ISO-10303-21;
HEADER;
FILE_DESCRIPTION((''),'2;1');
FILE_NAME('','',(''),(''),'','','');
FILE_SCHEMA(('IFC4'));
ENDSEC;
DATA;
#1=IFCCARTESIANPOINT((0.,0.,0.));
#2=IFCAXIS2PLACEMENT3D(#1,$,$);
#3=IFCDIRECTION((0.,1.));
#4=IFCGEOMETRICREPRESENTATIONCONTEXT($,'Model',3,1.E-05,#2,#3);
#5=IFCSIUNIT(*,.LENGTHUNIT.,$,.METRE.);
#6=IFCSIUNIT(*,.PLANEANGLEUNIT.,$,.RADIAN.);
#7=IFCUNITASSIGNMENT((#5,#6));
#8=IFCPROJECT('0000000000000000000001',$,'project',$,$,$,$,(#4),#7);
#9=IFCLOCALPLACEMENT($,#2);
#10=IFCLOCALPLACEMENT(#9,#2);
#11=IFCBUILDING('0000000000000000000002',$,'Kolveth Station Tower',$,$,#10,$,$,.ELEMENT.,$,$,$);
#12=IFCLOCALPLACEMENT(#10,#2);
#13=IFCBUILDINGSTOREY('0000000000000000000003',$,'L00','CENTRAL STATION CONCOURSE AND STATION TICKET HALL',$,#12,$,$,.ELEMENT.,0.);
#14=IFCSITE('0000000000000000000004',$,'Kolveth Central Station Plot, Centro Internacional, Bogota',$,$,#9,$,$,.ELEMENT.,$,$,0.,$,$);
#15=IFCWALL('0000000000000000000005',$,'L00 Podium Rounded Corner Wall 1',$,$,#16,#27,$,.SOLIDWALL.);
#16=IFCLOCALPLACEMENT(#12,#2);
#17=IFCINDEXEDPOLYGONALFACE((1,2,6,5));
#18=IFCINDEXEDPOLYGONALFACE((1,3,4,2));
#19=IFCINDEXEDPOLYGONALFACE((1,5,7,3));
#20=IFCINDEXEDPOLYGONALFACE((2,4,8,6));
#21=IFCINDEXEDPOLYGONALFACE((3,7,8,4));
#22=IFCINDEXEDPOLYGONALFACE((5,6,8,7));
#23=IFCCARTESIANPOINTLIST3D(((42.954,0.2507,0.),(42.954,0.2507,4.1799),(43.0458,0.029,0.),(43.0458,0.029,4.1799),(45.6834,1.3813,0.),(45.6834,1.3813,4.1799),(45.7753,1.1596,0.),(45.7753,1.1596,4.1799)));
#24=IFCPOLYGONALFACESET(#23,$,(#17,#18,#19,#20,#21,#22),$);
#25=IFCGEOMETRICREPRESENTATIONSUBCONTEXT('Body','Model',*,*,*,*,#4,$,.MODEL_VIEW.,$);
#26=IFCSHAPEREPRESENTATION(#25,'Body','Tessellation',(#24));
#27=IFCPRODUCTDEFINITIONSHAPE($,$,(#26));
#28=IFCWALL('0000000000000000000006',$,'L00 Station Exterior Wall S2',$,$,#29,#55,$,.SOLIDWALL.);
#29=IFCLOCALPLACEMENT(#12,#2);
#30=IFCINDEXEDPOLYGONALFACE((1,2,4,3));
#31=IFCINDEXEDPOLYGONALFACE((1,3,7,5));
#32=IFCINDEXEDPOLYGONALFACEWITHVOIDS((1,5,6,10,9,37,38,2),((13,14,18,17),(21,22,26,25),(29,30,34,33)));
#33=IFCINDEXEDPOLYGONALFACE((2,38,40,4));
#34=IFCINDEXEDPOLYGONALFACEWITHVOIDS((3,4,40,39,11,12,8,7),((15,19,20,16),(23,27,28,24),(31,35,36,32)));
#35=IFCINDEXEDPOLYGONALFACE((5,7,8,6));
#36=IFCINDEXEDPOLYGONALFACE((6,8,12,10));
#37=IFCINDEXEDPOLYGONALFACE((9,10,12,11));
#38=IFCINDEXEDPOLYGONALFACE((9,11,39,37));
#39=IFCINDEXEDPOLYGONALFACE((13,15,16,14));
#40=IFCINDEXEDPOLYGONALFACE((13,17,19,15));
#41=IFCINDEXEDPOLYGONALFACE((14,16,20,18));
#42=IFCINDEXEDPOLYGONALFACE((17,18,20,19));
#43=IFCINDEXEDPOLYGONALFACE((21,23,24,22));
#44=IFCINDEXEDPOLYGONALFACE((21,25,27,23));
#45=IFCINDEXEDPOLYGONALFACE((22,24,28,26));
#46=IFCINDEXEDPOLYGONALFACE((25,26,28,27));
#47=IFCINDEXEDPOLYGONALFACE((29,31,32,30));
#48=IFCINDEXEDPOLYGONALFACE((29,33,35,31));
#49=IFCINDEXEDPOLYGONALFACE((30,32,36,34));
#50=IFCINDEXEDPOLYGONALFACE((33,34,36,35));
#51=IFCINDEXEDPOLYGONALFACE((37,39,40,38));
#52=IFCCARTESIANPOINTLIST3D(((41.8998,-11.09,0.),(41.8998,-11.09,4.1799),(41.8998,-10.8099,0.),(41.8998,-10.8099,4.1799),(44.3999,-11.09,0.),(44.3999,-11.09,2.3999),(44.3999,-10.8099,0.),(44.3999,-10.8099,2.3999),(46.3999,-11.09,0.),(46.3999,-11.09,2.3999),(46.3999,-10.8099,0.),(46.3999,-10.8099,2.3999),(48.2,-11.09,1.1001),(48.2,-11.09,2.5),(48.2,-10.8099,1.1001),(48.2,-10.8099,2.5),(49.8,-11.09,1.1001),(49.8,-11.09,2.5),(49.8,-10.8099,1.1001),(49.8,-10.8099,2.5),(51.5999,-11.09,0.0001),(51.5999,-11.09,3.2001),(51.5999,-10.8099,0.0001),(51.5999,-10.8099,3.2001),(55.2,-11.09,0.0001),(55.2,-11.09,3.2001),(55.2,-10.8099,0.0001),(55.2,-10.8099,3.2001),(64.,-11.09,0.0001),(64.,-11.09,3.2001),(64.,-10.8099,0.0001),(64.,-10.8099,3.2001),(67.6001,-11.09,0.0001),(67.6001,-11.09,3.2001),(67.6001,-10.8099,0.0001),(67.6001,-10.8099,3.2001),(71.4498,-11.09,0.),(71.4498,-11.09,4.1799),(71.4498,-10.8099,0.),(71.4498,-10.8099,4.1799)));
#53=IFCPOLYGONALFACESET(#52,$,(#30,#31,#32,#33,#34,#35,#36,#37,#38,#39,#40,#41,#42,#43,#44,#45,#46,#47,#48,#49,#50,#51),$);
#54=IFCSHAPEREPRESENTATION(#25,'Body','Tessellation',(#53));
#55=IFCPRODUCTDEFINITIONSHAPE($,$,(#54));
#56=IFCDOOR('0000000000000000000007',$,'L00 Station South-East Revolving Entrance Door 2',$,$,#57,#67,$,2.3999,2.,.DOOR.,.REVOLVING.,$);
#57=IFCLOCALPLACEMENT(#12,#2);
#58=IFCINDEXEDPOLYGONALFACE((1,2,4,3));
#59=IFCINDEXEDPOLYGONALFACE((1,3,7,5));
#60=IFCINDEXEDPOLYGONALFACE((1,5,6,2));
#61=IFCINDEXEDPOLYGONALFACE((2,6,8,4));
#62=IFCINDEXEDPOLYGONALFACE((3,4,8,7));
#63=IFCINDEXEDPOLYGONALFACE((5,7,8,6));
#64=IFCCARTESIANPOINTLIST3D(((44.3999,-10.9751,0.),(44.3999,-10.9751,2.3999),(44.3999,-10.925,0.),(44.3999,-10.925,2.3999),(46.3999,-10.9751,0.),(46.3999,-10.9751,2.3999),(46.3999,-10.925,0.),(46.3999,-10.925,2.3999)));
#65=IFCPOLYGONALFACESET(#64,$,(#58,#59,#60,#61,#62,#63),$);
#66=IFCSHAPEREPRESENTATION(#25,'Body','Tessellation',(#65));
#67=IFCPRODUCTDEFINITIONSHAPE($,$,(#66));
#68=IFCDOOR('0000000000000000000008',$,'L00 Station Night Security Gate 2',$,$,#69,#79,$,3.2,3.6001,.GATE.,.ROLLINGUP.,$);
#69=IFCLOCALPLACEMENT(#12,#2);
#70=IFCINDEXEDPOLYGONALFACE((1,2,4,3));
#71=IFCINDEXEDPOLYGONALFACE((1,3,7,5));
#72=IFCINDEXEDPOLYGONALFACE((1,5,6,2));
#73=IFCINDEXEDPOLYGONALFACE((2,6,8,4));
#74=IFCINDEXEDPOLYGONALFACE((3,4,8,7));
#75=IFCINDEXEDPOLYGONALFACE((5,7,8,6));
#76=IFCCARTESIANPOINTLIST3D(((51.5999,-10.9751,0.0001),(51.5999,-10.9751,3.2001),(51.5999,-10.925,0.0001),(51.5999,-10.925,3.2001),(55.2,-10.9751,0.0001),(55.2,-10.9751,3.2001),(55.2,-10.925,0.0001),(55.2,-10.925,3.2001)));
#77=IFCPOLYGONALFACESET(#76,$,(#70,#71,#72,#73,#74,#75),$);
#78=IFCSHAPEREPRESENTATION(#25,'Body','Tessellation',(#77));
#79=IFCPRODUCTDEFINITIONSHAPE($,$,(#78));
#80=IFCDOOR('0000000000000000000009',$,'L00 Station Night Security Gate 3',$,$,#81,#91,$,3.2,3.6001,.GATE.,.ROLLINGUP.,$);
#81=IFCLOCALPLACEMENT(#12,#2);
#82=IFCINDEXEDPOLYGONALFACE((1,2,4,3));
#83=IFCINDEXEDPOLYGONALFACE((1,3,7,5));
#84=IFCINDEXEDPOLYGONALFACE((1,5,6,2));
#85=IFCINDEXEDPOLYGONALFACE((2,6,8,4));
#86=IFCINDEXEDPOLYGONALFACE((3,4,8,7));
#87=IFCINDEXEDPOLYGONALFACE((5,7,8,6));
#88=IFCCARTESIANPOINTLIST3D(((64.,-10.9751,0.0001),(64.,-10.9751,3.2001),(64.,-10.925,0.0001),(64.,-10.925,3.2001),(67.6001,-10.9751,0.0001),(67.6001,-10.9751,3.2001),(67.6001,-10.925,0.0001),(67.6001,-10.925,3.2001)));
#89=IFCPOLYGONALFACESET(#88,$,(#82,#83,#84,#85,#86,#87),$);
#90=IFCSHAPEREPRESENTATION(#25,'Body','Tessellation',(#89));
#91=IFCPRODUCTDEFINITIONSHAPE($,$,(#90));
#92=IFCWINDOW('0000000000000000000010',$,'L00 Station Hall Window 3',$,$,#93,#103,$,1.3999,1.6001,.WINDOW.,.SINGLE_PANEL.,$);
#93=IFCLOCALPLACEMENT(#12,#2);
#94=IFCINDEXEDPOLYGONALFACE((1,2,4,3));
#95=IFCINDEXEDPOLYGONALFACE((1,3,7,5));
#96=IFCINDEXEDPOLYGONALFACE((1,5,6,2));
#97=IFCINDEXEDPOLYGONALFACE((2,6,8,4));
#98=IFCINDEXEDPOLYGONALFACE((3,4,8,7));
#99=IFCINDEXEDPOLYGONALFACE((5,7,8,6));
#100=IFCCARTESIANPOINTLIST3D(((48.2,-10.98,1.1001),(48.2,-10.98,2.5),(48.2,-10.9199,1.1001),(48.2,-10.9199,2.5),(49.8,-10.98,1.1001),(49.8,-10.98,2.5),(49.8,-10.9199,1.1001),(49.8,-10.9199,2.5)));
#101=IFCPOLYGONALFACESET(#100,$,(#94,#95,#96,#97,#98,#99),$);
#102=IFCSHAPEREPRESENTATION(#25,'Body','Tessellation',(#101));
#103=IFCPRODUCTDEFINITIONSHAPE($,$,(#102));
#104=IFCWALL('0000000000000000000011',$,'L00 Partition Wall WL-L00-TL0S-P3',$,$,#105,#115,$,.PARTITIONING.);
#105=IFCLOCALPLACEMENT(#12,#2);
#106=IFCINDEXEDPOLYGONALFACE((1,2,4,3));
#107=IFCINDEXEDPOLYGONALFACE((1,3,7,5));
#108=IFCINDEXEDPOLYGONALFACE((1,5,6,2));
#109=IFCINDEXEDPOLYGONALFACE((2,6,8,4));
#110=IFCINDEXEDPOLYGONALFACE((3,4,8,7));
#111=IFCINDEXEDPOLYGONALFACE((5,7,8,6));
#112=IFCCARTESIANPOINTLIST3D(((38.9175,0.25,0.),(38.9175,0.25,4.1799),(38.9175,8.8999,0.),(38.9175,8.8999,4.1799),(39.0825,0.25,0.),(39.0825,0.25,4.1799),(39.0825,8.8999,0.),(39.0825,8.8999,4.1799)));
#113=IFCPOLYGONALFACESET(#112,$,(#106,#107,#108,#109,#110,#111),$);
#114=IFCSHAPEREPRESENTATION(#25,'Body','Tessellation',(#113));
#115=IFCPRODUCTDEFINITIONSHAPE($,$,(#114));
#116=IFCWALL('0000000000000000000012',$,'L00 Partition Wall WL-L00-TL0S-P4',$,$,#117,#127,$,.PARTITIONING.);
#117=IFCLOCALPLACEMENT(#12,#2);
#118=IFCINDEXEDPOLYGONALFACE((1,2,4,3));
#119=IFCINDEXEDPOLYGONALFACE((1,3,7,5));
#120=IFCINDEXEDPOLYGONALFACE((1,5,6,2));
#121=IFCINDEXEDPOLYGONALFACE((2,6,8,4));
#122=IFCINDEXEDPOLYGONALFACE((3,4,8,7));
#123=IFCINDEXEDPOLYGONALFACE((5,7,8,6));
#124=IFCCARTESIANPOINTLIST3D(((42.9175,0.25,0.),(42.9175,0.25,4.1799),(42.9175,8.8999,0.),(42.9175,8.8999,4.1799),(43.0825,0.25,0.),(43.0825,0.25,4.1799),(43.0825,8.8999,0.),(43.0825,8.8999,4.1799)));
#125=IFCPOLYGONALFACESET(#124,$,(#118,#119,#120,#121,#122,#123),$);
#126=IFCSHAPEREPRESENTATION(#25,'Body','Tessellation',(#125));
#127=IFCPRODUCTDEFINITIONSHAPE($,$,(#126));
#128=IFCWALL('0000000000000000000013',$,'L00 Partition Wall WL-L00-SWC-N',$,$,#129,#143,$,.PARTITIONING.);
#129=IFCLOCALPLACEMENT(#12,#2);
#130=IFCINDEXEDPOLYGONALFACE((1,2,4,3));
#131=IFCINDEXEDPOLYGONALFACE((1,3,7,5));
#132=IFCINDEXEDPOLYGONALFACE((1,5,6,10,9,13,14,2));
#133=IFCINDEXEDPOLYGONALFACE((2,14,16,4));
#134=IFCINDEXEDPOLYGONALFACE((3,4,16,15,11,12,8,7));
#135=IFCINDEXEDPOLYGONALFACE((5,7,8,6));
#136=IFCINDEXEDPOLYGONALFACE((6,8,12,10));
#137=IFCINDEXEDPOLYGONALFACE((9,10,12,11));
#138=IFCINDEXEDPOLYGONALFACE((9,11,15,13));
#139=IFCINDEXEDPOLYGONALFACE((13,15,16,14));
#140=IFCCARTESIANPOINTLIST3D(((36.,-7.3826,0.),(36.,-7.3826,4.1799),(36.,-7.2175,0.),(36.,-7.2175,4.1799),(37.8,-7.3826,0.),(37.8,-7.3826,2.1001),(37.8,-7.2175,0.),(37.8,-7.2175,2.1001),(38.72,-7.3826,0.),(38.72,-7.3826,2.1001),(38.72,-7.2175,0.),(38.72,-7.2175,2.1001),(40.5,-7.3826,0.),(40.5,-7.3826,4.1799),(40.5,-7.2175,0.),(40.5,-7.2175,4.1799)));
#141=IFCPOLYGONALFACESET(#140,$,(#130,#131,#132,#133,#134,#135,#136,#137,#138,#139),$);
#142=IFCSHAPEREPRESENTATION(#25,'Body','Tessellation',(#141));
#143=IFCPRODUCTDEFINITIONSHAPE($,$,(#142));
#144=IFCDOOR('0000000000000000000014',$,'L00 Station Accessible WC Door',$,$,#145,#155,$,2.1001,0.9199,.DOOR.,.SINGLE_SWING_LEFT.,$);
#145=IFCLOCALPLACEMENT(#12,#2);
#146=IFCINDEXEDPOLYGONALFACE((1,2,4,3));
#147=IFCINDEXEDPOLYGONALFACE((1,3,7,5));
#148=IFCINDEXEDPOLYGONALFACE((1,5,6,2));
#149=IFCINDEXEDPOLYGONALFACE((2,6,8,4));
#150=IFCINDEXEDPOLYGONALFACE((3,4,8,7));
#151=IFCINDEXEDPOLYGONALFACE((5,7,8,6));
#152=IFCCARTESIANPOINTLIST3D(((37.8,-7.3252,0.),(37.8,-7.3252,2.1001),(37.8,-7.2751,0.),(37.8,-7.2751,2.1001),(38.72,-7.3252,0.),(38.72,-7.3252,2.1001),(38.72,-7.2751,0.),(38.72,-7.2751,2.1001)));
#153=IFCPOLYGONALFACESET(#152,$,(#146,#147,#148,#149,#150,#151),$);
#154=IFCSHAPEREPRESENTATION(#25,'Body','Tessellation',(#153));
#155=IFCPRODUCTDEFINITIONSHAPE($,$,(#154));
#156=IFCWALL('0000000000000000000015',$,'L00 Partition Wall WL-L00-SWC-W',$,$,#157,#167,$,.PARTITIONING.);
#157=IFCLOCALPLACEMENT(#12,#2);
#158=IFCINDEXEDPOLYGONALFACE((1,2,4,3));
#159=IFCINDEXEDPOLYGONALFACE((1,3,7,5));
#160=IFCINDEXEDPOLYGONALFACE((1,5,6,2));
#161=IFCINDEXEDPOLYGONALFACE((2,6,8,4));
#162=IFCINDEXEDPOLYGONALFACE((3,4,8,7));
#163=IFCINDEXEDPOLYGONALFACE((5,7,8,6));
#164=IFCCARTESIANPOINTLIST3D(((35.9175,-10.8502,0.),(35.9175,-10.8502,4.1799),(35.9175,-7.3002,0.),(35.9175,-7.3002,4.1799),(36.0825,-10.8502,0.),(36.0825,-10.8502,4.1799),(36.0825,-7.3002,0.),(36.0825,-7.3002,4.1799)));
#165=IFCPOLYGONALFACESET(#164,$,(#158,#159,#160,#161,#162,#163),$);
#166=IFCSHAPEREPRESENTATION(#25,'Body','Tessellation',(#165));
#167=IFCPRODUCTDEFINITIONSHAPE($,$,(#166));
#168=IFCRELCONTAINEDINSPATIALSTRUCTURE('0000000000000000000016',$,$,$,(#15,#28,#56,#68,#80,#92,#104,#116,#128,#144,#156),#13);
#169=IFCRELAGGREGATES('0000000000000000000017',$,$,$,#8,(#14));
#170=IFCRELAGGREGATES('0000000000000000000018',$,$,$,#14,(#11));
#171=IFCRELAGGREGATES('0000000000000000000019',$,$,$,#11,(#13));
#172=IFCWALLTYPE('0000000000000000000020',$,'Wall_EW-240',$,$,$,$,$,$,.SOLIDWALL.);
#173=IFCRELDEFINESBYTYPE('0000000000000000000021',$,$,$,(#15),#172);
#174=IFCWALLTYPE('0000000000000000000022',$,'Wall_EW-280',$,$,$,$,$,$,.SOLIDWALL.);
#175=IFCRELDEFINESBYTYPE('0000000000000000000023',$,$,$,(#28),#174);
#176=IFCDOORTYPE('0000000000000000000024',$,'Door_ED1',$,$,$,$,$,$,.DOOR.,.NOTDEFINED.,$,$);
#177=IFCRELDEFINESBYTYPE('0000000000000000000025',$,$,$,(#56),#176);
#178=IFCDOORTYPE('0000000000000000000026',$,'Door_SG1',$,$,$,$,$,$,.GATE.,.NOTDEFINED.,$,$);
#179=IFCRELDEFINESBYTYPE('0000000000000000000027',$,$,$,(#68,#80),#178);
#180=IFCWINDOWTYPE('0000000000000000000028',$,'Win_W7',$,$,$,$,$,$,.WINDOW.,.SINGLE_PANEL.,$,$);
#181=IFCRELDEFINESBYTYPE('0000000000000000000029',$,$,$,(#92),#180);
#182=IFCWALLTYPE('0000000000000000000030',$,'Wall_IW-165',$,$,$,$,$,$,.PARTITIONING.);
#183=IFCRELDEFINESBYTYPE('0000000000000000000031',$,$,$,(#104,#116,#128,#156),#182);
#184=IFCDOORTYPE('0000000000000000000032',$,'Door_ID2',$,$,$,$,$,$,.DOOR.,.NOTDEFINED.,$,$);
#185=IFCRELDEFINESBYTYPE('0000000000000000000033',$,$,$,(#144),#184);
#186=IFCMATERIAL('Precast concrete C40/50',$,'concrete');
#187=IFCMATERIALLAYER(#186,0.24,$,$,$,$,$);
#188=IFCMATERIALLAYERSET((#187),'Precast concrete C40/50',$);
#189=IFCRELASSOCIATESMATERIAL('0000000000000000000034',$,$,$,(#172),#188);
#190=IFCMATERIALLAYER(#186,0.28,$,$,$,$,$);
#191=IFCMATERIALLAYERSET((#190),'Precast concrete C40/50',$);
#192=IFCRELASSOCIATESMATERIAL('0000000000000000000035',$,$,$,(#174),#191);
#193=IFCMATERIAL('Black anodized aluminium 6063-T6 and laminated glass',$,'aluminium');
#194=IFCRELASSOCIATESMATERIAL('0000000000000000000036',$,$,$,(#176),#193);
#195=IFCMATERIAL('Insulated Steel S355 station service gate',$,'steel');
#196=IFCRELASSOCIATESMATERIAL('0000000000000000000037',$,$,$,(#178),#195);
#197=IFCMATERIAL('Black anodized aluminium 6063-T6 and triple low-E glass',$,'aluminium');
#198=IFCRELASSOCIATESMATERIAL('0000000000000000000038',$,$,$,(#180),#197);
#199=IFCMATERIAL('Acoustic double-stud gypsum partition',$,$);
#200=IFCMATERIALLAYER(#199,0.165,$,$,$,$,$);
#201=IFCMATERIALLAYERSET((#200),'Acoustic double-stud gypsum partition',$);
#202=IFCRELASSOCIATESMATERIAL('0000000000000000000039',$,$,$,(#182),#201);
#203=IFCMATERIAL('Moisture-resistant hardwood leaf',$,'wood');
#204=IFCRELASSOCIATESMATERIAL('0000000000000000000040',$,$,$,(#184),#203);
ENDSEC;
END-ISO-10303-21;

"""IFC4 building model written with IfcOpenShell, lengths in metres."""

from ifc_helpers import new_model, si_unit, direction, frame, frame_2d, origin, place, context, subcontext, project, spatial, rectangle, extrude, material, layer, layer_set, type_object, element, fill, save


model = new_model("IFC4")

# Units and contexts
model_context = context("Model", 3, precision=1e-05, world=origin(), true_north=direction((0.0, 1.0)))
body_context = subcontext(model_context, "Body", "Model", "MODEL_VIEW")
ifc_project = project(units=[si_unit("LENGTHUNIT", "METRE"), si_unit("PLANEANGLEUNIT", "RADIAN")], contexts=[model_context])

# Site, building, storey
site_placement = place(None, origin())
site = spatial("IfcSite", under=ifc_project, at=site_placement, Name="Kolveth Central Station Plot, Centro Internacional, Bogota", CompositionType="ELEMENT", RefElevation=0.0)
building_placement = place(site_placement, origin())
building = spatial("IfcBuilding", under=site, at=building_placement, Name="Kolveth Station Tower", CompositionType="ELEMENT")
storey_placement = place(building_placement, origin())
storey = spatial("IfcBuildingStorey", under=building, at=storey_placement, Name="L00", Description="CENTRAL STATION CONCOURSE AND STATION TICKET HALL", CompositionType="ELEMENT", Elevation=0.0)

# Wall
ifc_material_1 = material(Name="Precast concrete C40/50", Category="concrete")
ifc_layer_1 = layer(ifc_material_1, 0.24)
ifc_layer_set_1 = layer_set([ifc_layer_1], Name="Precast concrete C40/50")
wall_type_1 = type_object("IfcWallType", Name="Wall_EW-240", PredefinedType="SOLIDWALL", material=ifc_layer_set_1)
wall_1_placement = place(storey_placement, frame((43.0, 0.1399, 0.0), z_axis=(0.0, 0.0, 1.0), x_axis=(0.923877, 0.38269, 0.0)))
element("IfcWall", 1, at=wall_1_placement, inside=storey, type_object=wall_type_1, Name="L00 Podium Rounded Corner Wall 1", PredefinedType="SOLIDWALL", context=body_context, shape_type="SweptSolid", body=[
    extrude(rectangle(XDim=2.9543, YDim=0.24, at=frame_2d((1.4771, 0.0))), origin(), (0.0, 0.0, 1.0), 4.1799),
])

# Wall, openings, doors, window
ifc_layer_2 = layer(ifc_material_1, 0.28)
ifc_layer_set_2 = layer_set([ifc_layer_2], Name="Precast concrete C40/50")
wall_type_2 = type_object("IfcWallType", Name="Wall_EW-280", PredefinedType="SOLIDWALL", material=ifc_layer_set_2)
wall_2_placement = place(storey_placement, frame((41.8999, -10.95, 0.0), z_axis=(0.0, 0.0, 1.0), x_axis=(1.0, 0.0, 0.0)))
wall_2 = element("IfcWall", 2, at=wall_2_placement, inside=storey, type_object=wall_type_2, Name="L00 Station Exterior Wall S2", PredefinedType="SOLIDWALL", context=body_context, shape_type="SweptSolid", body=[
    extrude(rectangle(XDim=29.55, YDim=0.28, at=frame_2d((14.7749, 0.0))), origin(), (0.0, 0.0, 1.0), 4.1799),
])
opening_1_placement = place(wall_2_placement, frame((6.3, 0.0, 1.1001)))
opening_1 = element("IfcOpeningElement", 3, at=opening_1_placement, cuts=wall_2, PredefinedType="OPENING", context=body_context, shape_type="SweptSolid", body=[
    extrude(rectangle(XDim=1.6001, YDim=1.3999, at=frame_2d((0.8, 0.7))), frame((0.0, 0.1499, 0.0), z_axis=(0.0, -1.0, 0.0), x_axis=(1.0, 0.0, 0.0)), (0.0, 0.0, 1.0), 0.3),
])
opening_2_placement = place(wall_2_placement, frame((2.5, 0.0, 0.0)))
opening_2 = element("IfcOpeningElement", 4, at=opening_2_placement, cuts=wall_2, PredefinedType="OPENING", context=body_context, shape_type="SweptSolid", body=[
    extrude(rectangle(XDim=2.0, YDim=2.3999, at=frame_2d((1.0, 1.2))), frame((0.0, 0.1499, 0.0), z_axis=(0.0, -1.0, 0.0), x_axis=(1.0, 0.0, 0.0)), (0.0, 0.0, 1.0), 0.3),
])
opening_3_placement = place(wall_2_placement, frame((9.7, 0.0, 0.0)))
opening_3 = element("IfcOpeningElement", 5, at=opening_3_placement, cuts=wall_2, PredefinedType="OPENING", context=body_context, shape_type="SweptSolid", body=[
    extrude(rectangle(XDim=3.6001, YDim=3.2, at=frame_2d((1.8, 1.6001))), frame((0.0, 0.1499, 0.0), z_axis=(0.0, -1.0, 0.0), x_axis=(1.0, 0.0, 0.0)), (0.0, 0.0, 1.0), 0.3),
])
opening_4_placement = place(wall_2_placement, frame((22.1001, 0.0, 0.0)))
opening_4 = element("IfcOpeningElement", 6, at=opening_4_placement, cuts=wall_2, PredefinedType="OPENING", context=body_context, shape_type="SweptSolid", body=[
    extrude(rectangle(XDim=3.6001, YDim=3.2, at=frame_2d((1.8, 1.6001))), frame((0.0, 0.1499, 0.0), z_axis=(0.0, -1.0, 0.0), x_axis=(1.0, 0.0, 0.0)), (0.0, 0.0, 1.0), 0.3),
])
ifc_material_2 = material(Name="Black anodized aluminium 6063-T6 and laminated glass", Category="aluminium")
door_type_1 = type_object("IfcDoorType", Name="Door_ED1", OperationType="NOTDEFINED", PredefinedType="DOOR", material=ifc_material_2)
door_1_placement = place(opening_2_placement, origin())
door_1 = element("IfcDoor", 7, at=door_1_placement, inside=storey, type_object=door_type_1, Name="L00 Station South-East Revolving Entrance Door 2", OperationType="REVOLVING", OverallHeight=2.3999, OverallWidth=2.0, PredefinedType="DOOR", context=body_context, shape_type="SweptSolid", body=[
    extrude(rectangle(XDim=2.0, YDim=2.3999, at=frame_2d((1.0, 1.2))), frame((0.0, 0.0249, 0.0), z_axis=(0.0, -1.0, 0.0), x_axis=(1.0, 0.0, 0.0)), (0.0, 0.0, 1.0), 0.05),
])
fill(opening_2, door_1)
ifc_material_3 = material(Name="Insulated Steel S355 station service gate", Category="steel")
door_type_2 = type_object("IfcDoorType", Name="Door_SG1", OperationType="NOTDEFINED", PredefinedType="GATE", material=ifc_material_3)
door_2_placement = place(opening_3_placement, origin())
door_2 = element("IfcDoor", 8, at=door_2_placement, inside=storey, type_object=door_type_2, Name="L00 Station Night Security Gate 2", OperationType="ROLLINGUP", OverallHeight=3.2, OverallWidth=3.6001, PredefinedType="GATE", context=body_context, shape_type="SweptSolid", body=[
    extrude(rectangle(XDim=3.6001, YDim=3.2, at=frame_2d((1.8, 1.6001))), frame((0.0, 0.0249, 0.0), z_axis=(0.0, -1.0, 0.0), x_axis=(1.0, 0.0, 0.0)), (0.0, 0.0, 1.0), 0.05),
])
fill(opening_3, door_2)
door_3_placement = place(opening_4_placement, origin())
door_3 = element("IfcDoor", 9, at=door_3_placement, inside=storey, type_object=door_type_2, Name="L00 Station Night Security Gate 3", OperationType="ROLLINGUP", OverallHeight=3.2, OverallWidth=3.6001, PredefinedType="GATE", context=body_context, shape_type="SweptSolid", body=[
    extrude(rectangle(XDim=3.6001, YDim=3.2, at=frame_2d((1.8, 1.6001))), frame((0.0, 0.0249, 0.0), z_axis=(0.0, -1.0, 0.0), x_axis=(1.0, 0.0, 0.0)), (0.0, 0.0, 1.0), 0.05),
])
fill(opening_4, door_3)
ifc_material_4 = material(Name="Black anodized aluminium 6063-T6 and triple low-E glass", Category="aluminium")
window_type = type_object("IfcWindowType", Name="Win_W7", PartitioningType="SINGLE_PANEL", PredefinedType="WINDOW", material=ifc_material_4)
window_placement = place(opening_1_placement, origin())
window = element("IfcWindow", 10, at=window_placement, inside=storey, type_object=window_type, Name="L00 Station Hall Window 3", OverallHeight=1.3999, OverallWidth=1.6001, PartitioningType="SINGLE_PANEL", PredefinedType="WINDOW", context=body_context, shape_type="SweptSolid", body=[
    extrude(rectangle(XDim=1.6001, YDim=1.3999, at=frame_2d((0.8, 0.7))), frame((0.0, 0.03, 0.0), z_axis=(0.0, -1.0, 0.0), x_axis=(1.0, 0.0, 0.0)), (0.0, 0.0, 1.0), 0.0601),
])
fill(opening_1, window)

# Walls
ifc_material_5 = material(Name="Acoustic double-stud gypsum partition")
ifc_layer_3 = layer(ifc_material_5, 0.165)
ifc_layer_set_3 = layer_set([ifc_layer_3], Name="Acoustic double-stud gypsum partition")
wall_type_3 = type_object("IfcWallType", Name="Wall_IW-165", PredefinedType="PARTITIONING", material=ifc_layer_set_3)
for number, where, z_axis, x_axis, name in (
    (11, (39.0, 0.25, 0.0), (0.0, 0.0, 1.0), (0.0, 1.0, 0.0), "L00 Partition Wall WL-L00-TL0S-P3"),
    (12, (43.0, 0.25, 0.0), (0.0, 0.0, 1.0), (0.0, 1.0, 0.0), "L00 Partition Wall WL-L00-TL0S-P4"),
):
    element("IfcWall", number, at=place(storey_placement, frame(where, z_axis=z_axis, x_axis=x_axis)), inside=storey, type_object=wall_type_3, Name=name, PredefinedType="PARTITIONING", context=body_context, shape_type="SweptSolid", body=[
        extrude(rectangle(XDim=8.6499, YDim=0.165, at=frame_2d((4.325, 0.0))), origin(), (0.0, 0.0, 1.0), 4.1799),
    ])

# Wall, opening, door
wall_3_placement = place(storey_placement, frame((36.0, -7.3, 0.0), z_axis=(0.0, 0.0, 1.0), x_axis=(1.0, 0.0, 0.0)))
wall_3 = element("IfcWall", 13, at=wall_3_placement, inside=storey, type_object=wall_type_3, Name="L00 Partition Wall WL-L00-SWC-N", PredefinedType="PARTITIONING", context=body_context, shape_type="SweptSolid", body=[
    extrude(rectangle(XDim=4.5, YDim=0.165, at=frame_2d((2.25, 0.0))), origin(), (0.0, 0.0, 1.0), 4.1799),
])
opening_5_placement = place(wall_3_placement, frame((1.8, 0.0, 0.0)))
opening_5 = element("IfcOpeningElement", 14, at=opening_5_placement, cuts=wall_3, PredefinedType="OPENING", context=body_context, shape_type="SweptSolid", body=[
    extrude(rectangle(XDim=0.9199, YDim=2.1001, at=frame_2d((0.46, 1.05))), frame((0.0, 0.0925, 0.0), z_axis=(0.0, -1.0, 0.0), x_axis=(1.0, 0.0, 0.0)), (0.0, 0.0, 1.0), 0.1851),
])
ifc_material_6 = material(Name="Moisture-resistant hardwood leaf", Category="wood")
door_type_3 = type_object("IfcDoorType", Name="Door_ID2", OperationType="NOTDEFINED", PredefinedType="DOOR", material=ifc_material_6)
door_4_placement = place(opening_5_placement, origin())
door_4 = element("IfcDoor", 15, at=door_4_placement, inside=storey, type_object=door_type_3, Name="L00 Station Accessible WC Door", OperationType="SINGLE_SWING_LEFT", OverallHeight=2.1001, OverallWidth=0.9199, PredefinedType="DOOR", context=body_context, shape_type="SweptSolid", body=[
    extrude(rectangle(XDim=0.9199, YDim=2.1001, at=frame_2d((0.46, 1.05))), frame((0.0, 0.0249, 0.0), z_axis=(0.0, -1.0, 0.0), x_axis=(1.0, 0.0, 0.0)), (0.0, 0.0, 1.0), 0.05),
])
fill(opening_5, door_4)

# Wall
for number, where, z_axis, x_axis, name in (
    (16, (36.0, -10.8501, 0.0), (0.0, 0.0, 1.0), (0.0, 1.0, 0.0), "L00 Partition Wall WL-L00-SWC-W"),
):
    element("IfcWall", number, at=place(storey_placement, frame(where, z_axis=z_axis, x_axis=x_axis)), inside=storey, type_object=wall_type_3, Name=name, PredefinedType="PARTITIONING", context=body_context, shape_type="SweptSolid", body=[
        extrude(rectangle(XDim=3.55, YDim=0.165, at=frame_2d((1.7749, 0.0))), origin(), (0.0, 0.0, 1.0), 4.1799),
    ])

save(model, "model.ifc")
